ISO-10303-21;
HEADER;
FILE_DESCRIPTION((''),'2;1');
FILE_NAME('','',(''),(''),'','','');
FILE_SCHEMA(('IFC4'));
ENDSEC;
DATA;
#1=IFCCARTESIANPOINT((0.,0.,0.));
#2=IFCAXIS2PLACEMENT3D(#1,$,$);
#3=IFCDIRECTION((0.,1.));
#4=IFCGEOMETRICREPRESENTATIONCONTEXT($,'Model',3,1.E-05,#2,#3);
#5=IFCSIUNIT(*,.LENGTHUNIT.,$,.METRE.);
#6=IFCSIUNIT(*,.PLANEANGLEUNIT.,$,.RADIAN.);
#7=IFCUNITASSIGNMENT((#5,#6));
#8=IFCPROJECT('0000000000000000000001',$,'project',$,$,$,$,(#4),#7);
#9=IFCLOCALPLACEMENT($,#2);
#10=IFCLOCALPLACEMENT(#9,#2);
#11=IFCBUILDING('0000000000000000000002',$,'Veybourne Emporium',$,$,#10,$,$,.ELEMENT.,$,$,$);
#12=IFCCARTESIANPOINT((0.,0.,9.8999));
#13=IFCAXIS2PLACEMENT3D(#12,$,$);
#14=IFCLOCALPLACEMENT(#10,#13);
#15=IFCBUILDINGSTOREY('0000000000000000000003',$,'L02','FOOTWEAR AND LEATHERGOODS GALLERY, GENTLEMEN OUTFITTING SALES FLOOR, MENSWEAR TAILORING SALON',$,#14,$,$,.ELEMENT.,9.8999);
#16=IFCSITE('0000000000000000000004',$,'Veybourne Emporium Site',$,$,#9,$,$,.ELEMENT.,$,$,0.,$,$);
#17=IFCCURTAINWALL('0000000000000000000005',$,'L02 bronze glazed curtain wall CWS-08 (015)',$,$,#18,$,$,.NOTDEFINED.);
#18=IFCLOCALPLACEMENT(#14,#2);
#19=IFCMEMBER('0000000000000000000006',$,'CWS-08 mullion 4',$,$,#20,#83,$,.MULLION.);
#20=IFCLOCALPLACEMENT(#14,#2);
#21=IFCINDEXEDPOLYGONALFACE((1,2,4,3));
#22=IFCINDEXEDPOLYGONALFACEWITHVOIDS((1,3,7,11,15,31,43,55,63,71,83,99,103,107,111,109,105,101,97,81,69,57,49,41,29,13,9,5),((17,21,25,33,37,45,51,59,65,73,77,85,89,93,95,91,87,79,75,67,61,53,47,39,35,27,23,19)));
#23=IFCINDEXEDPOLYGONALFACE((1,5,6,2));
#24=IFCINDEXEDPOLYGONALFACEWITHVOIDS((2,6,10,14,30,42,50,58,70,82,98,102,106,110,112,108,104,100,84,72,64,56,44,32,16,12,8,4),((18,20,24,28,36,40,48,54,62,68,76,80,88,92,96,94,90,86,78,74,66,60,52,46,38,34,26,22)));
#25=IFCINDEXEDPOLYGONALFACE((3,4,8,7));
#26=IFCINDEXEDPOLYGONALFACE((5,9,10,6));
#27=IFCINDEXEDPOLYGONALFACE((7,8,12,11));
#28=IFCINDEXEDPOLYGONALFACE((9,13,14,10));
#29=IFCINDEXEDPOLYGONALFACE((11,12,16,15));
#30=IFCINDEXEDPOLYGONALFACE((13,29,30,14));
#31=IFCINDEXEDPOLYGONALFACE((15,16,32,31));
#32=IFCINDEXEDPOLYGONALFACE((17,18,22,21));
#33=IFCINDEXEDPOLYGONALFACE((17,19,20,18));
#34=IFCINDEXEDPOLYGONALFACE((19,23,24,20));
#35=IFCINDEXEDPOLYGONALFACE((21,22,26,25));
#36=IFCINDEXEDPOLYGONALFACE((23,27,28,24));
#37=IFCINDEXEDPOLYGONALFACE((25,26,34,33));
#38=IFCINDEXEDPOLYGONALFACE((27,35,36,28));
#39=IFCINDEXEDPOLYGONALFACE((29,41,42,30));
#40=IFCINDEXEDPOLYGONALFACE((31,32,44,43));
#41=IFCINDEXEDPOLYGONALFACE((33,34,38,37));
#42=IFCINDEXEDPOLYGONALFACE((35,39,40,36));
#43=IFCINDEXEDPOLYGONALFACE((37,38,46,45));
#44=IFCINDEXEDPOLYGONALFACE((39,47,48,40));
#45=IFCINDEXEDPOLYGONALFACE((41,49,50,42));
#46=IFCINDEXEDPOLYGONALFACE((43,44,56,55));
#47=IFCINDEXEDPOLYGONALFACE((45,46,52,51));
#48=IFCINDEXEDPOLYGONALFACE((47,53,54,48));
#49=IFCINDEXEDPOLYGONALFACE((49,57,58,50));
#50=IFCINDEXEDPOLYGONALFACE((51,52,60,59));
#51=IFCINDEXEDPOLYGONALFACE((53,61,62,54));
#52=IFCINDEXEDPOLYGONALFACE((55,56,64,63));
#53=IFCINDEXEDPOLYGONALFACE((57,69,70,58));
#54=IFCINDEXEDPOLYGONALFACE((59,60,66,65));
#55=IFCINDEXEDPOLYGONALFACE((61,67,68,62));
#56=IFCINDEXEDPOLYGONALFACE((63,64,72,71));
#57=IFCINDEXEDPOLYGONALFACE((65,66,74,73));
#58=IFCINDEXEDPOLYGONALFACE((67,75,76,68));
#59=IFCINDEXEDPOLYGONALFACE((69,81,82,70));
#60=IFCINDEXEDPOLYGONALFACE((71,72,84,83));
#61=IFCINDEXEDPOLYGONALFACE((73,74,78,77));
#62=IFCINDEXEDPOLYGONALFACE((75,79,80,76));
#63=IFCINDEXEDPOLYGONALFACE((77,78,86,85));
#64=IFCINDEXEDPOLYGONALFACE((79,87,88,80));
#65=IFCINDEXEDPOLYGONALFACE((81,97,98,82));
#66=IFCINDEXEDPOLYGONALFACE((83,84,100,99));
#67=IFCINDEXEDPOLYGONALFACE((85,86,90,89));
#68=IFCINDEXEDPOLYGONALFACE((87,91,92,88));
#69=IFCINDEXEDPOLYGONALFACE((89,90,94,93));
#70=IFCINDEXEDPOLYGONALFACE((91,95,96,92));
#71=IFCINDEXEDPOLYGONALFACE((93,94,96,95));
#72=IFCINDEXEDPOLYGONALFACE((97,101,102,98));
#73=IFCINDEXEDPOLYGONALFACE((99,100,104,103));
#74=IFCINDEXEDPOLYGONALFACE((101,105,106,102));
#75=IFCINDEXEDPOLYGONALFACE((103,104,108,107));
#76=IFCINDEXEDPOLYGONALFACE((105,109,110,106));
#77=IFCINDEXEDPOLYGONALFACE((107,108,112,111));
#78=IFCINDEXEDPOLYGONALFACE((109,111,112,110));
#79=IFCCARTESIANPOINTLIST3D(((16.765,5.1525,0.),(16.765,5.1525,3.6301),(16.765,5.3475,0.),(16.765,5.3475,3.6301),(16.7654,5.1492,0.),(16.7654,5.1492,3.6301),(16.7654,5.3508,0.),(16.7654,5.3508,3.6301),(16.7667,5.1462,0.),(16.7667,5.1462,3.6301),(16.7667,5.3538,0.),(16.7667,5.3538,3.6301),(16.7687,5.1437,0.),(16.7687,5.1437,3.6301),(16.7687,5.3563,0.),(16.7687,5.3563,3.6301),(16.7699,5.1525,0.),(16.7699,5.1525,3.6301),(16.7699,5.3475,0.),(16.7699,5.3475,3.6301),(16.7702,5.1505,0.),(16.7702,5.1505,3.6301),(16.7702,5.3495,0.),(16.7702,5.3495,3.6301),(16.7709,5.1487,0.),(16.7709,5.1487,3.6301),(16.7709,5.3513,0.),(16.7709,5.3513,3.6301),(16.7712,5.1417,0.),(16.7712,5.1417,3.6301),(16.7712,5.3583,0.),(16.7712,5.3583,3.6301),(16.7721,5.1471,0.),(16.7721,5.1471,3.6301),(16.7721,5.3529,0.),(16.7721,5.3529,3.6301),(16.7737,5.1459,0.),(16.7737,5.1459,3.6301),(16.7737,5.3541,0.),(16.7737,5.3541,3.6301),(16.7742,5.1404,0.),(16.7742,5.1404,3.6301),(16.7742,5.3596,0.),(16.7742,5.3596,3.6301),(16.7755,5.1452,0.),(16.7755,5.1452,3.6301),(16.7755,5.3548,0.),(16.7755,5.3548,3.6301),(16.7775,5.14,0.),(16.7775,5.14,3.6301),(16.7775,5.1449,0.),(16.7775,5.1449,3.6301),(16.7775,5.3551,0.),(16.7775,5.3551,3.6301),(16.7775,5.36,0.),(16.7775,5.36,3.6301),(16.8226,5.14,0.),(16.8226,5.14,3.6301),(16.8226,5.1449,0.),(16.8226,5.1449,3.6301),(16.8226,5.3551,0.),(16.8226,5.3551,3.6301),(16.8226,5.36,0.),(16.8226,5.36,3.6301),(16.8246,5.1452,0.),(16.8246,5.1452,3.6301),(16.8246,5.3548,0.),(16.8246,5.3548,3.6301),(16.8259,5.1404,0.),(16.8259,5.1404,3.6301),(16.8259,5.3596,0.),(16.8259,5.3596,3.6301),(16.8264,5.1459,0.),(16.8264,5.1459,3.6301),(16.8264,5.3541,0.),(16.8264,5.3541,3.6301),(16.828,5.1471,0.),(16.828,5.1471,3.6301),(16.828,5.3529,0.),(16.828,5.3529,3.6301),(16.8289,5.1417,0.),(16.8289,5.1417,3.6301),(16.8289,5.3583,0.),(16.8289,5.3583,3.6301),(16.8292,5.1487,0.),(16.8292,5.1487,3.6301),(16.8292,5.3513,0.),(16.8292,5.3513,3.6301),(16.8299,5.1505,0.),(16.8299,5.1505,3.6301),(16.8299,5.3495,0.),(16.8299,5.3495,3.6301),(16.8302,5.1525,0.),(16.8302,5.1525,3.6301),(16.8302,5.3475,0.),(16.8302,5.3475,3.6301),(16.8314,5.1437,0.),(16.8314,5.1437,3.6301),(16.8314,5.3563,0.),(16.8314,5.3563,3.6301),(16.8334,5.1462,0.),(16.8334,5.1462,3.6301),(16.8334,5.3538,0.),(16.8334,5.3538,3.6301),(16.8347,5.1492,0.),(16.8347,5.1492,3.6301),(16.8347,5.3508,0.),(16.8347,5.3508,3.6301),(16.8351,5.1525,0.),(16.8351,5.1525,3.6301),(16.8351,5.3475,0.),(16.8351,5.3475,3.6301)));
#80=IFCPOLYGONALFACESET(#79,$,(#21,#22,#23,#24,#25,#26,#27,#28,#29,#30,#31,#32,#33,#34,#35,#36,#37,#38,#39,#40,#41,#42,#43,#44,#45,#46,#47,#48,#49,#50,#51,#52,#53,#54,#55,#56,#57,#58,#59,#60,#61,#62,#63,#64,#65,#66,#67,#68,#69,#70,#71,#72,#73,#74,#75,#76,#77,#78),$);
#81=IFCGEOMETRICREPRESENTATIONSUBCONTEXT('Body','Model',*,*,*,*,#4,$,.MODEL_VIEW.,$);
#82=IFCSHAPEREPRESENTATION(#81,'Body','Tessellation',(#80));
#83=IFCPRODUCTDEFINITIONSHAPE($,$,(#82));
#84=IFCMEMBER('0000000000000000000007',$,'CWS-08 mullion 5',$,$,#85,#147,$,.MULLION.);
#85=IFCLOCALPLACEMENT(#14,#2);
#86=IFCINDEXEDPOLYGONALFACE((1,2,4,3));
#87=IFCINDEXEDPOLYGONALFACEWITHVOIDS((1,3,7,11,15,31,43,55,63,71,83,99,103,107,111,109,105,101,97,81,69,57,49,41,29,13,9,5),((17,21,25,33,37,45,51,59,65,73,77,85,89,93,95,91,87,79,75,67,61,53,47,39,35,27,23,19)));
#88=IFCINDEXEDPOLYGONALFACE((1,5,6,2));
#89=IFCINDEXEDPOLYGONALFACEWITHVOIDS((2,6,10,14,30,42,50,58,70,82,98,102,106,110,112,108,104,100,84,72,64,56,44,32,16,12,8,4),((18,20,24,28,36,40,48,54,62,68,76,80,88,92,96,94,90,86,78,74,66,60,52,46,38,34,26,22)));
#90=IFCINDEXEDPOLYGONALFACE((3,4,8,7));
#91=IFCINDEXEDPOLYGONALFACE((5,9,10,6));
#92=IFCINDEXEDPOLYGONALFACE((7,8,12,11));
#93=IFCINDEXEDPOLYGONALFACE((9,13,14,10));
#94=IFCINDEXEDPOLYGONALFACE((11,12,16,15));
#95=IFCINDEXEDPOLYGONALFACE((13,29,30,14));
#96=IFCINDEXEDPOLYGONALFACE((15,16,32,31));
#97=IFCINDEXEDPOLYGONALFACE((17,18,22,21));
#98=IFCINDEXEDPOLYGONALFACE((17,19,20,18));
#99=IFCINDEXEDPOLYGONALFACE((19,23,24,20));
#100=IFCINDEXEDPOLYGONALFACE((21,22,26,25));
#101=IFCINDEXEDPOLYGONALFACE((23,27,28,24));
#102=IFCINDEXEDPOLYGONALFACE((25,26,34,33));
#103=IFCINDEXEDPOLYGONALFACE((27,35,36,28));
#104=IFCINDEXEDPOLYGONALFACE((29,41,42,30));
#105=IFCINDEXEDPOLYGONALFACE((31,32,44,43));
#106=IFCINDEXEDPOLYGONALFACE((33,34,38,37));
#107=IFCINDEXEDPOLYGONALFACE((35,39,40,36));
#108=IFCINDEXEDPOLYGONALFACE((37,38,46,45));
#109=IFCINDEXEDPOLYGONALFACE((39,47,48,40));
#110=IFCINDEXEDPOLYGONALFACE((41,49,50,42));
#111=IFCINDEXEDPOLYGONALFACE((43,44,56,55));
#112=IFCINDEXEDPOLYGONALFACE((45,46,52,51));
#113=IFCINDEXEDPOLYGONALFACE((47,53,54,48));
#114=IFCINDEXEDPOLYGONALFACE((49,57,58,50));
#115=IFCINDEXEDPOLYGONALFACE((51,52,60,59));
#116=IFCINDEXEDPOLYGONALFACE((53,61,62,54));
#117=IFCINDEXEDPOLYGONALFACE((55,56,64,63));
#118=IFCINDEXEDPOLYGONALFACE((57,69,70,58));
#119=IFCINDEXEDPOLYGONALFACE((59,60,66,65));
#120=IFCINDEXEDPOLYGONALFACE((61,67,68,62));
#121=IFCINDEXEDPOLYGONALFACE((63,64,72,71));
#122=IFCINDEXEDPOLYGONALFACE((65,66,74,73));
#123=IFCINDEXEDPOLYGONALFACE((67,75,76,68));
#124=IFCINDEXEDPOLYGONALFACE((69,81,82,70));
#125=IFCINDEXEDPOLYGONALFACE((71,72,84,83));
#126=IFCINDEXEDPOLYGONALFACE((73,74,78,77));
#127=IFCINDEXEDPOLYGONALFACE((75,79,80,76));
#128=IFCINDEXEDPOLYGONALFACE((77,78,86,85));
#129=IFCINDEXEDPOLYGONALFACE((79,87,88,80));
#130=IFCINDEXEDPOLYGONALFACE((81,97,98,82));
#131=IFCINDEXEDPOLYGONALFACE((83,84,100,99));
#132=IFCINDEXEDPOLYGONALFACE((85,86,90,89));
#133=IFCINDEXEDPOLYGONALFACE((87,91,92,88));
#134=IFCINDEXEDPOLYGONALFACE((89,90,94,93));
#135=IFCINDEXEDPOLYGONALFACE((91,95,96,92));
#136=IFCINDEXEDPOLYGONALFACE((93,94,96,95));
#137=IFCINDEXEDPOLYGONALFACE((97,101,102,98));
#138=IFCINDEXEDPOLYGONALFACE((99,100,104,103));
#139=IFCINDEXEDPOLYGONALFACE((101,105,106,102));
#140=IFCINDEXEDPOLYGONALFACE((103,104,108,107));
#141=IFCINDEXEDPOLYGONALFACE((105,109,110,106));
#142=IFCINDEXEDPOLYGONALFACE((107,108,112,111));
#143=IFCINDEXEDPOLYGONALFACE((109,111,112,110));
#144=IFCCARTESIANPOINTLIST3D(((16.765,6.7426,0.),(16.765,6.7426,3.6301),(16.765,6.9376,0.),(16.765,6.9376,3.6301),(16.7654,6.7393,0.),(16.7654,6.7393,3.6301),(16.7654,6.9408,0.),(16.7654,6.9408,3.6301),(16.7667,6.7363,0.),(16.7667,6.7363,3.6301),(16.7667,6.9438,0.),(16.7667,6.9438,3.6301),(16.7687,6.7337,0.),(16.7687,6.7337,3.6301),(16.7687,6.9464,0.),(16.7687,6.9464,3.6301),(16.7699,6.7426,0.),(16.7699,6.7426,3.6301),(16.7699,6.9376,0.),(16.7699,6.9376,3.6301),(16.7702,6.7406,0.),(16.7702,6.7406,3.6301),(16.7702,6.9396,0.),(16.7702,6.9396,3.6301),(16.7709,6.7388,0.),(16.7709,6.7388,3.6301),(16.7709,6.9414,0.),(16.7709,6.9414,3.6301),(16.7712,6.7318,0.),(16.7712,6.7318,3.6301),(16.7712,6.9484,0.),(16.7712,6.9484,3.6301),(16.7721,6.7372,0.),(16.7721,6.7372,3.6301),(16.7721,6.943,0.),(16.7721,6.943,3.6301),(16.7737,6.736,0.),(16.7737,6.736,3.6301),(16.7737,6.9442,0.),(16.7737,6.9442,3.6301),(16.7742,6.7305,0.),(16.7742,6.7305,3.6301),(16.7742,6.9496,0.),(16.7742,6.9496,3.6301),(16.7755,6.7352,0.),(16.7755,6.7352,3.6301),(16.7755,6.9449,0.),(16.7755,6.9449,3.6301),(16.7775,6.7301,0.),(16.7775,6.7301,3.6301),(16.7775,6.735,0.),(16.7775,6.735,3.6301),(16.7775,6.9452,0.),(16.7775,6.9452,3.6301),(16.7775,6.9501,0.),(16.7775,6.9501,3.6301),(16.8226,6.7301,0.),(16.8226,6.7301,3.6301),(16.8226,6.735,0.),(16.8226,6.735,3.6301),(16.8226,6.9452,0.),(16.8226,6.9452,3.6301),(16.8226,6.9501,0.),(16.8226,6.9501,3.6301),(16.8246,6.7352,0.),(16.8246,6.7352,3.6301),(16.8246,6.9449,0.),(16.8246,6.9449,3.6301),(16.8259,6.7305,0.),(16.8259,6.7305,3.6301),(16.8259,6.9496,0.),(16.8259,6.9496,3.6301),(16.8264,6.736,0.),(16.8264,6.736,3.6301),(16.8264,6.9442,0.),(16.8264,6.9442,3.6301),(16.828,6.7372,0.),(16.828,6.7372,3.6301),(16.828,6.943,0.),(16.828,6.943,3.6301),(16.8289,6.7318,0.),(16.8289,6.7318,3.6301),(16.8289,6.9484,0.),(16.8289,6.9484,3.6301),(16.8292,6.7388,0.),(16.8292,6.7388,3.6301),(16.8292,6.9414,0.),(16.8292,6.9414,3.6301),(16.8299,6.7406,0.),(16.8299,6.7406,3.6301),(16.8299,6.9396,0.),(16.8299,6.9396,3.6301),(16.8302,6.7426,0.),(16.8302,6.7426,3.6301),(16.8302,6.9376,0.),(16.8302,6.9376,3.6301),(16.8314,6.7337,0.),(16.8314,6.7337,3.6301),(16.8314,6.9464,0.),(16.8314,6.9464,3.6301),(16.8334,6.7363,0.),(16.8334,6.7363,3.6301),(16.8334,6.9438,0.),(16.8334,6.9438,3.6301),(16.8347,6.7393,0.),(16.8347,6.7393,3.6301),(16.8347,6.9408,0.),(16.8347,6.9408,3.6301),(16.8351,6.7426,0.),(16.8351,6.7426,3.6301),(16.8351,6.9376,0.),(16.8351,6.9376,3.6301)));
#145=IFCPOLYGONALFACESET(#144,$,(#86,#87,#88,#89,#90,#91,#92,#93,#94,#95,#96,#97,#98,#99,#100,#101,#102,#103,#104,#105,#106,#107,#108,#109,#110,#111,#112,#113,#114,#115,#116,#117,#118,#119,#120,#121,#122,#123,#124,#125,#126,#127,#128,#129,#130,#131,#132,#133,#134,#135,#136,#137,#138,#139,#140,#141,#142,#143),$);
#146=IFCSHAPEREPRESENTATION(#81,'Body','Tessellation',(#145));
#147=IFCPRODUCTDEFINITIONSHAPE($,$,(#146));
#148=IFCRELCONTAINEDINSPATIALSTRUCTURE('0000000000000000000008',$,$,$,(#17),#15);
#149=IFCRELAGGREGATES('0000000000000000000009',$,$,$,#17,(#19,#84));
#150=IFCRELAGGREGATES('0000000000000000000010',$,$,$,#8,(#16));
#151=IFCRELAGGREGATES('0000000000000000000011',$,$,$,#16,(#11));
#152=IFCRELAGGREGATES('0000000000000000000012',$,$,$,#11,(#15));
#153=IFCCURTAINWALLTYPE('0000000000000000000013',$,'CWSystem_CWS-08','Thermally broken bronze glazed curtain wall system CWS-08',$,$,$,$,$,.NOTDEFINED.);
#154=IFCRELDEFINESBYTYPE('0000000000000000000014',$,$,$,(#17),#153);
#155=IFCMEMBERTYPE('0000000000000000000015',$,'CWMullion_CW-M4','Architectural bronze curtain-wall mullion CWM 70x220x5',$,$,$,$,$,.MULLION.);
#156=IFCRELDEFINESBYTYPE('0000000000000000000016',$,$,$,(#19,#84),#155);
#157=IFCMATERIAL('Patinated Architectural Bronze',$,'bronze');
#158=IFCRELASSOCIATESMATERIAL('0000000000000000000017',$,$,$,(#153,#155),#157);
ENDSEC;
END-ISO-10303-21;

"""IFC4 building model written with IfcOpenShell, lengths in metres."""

from ifc_helpers import new_model, si_unit, direction, frame, origin, origin_2d, place, context, subcontext, project, spatial, hollow_rectangle, extrude, material, material_profile, profile_set, type_object, element, aggregate, save


model = new_model("IFC4")

# Units and contexts
model_context = context("Model", 3, precision=1e-05, world=origin(), true_north=direction((0.0, 1.0)))
body_context = subcontext(model_context, "Body", "Model", "MODEL_VIEW")
ifc_project = project(units=[si_unit("LENGTHUNIT", "METRE"), si_unit("PLANEANGLEUNIT", "RADIAN")], contexts=[model_context])

# Site, building, storey
site_placement = place(None, origin())
site = spatial("IfcSite", under=ifc_project, at=site_placement, Name="Veybourne Emporium Site", CompositionType="ELEMENT", RefElevation=0.0)
building_placement = place(site_placement, origin())
building = spatial("IfcBuilding", under=site, at=building_placement, Name="Veybourne Emporium", CompositionType="ELEMENT")
storey_placement = place(building_placement, frame((0.0, 0.0, 9.8999)))
storey = spatial("IfcBuildingStorey", under=building, at=storey_placement, Name="L02", Description="FOOTWEAR AND LEATHERGOODS GALLERY, GENTLEMEN OUTFITTING SALES FLOOR, MENSWEAR TAILORING SALON", CompositionType="ELEMENT", Elevation=9.8999)

# Curtain wall, members
ifc_material_1 = material(Name="Patinated Architectural Bronze", Category="bronze")
curtain_wall_type_1 = type_object("IfcCurtainWallType", Name="CWSystem_CWS-08", Description="Thermally broken bronze glazed curtain wall system CWS-08", PredefinedType="NOTDEFINED", material=ifc_material_1)
curtain_wall_1_placement = place(storey_placement, origin())
curtain_wall_1 = element("IfcCurtainWall", 1, at=curtain_wall_1_placement, inside=storey, type_object=curtain_wall_type_1, Name="L02 bronze glazed curtain wall CWS-08 (015)", PredefinedType="NOTDEFINED")
ifc_material_profile_1 = material_profile(ifc_material_1, hollow_rectangle(XDim=0.0701, YDim=0.22, WallThickness=0.0049, InnerFilletRadius=0.0076, OuterFilletRadius=0.0125, at=origin_2d()), Name="CWM 70x220x5")
ifc_profile_set_1 = profile_set([ifc_material_profile_1], Name="Patinated Architectural Bronze")
member_type_1 = type_object("IfcMemberType", Name="CWMullion_CW-M4", Description="Architectural bronze curtain-wall mullion CWM 70x220x5", PredefinedType="MULLION", material=ifc_profile_set_1)
member_1_placement = place(storey_placement, frame((16.8, 5.25, 0.0), z_axis=(0.0, 0.0, 1.0), x_axis=(-1.0, 0.0, 0.0)))
member_1 = element("IfcMember", 2, at=member_1_placement, type_object=member_type_1, Name="CWS-08 mullion 4", PredefinedType="MULLION", context=body_context, shape_type="SweptSolid", body=[
    extrude(hollow_rectangle(XDim=0.0701, YDim=0.22, WallThickness=0.0049, InnerFilletRadius=0.0076, OuterFilletRadius=0.0125, at=origin_2d()), origin(), (0.0, 0.0, 1.0), 3.6301),
])
member_2_placement = place(storey_placement, frame((16.8, 6.8401, 0.0), z_axis=(0.0, 0.0, 1.0), x_axis=(-1.0, 0.0, 0.0)))
member_2 = element("IfcMember", 3, at=member_2_placement, type_object=member_type_1, Name="CWS-08 mullion 5", PredefinedType="MULLION", context=body_context, shape_type="SweptSolid", body=[
    extrude(hollow_rectangle(XDim=0.0701, YDim=0.22, WallThickness=0.0049, InnerFilletRadius=0.0076, OuterFilletRadius=0.0125, at=origin_2d()), origin(), (0.0, 0.0, 1.0), 3.6301),
])

aggregate(curtain_wall_1, [member_1, member_2])

save(model, "model.ifc")
